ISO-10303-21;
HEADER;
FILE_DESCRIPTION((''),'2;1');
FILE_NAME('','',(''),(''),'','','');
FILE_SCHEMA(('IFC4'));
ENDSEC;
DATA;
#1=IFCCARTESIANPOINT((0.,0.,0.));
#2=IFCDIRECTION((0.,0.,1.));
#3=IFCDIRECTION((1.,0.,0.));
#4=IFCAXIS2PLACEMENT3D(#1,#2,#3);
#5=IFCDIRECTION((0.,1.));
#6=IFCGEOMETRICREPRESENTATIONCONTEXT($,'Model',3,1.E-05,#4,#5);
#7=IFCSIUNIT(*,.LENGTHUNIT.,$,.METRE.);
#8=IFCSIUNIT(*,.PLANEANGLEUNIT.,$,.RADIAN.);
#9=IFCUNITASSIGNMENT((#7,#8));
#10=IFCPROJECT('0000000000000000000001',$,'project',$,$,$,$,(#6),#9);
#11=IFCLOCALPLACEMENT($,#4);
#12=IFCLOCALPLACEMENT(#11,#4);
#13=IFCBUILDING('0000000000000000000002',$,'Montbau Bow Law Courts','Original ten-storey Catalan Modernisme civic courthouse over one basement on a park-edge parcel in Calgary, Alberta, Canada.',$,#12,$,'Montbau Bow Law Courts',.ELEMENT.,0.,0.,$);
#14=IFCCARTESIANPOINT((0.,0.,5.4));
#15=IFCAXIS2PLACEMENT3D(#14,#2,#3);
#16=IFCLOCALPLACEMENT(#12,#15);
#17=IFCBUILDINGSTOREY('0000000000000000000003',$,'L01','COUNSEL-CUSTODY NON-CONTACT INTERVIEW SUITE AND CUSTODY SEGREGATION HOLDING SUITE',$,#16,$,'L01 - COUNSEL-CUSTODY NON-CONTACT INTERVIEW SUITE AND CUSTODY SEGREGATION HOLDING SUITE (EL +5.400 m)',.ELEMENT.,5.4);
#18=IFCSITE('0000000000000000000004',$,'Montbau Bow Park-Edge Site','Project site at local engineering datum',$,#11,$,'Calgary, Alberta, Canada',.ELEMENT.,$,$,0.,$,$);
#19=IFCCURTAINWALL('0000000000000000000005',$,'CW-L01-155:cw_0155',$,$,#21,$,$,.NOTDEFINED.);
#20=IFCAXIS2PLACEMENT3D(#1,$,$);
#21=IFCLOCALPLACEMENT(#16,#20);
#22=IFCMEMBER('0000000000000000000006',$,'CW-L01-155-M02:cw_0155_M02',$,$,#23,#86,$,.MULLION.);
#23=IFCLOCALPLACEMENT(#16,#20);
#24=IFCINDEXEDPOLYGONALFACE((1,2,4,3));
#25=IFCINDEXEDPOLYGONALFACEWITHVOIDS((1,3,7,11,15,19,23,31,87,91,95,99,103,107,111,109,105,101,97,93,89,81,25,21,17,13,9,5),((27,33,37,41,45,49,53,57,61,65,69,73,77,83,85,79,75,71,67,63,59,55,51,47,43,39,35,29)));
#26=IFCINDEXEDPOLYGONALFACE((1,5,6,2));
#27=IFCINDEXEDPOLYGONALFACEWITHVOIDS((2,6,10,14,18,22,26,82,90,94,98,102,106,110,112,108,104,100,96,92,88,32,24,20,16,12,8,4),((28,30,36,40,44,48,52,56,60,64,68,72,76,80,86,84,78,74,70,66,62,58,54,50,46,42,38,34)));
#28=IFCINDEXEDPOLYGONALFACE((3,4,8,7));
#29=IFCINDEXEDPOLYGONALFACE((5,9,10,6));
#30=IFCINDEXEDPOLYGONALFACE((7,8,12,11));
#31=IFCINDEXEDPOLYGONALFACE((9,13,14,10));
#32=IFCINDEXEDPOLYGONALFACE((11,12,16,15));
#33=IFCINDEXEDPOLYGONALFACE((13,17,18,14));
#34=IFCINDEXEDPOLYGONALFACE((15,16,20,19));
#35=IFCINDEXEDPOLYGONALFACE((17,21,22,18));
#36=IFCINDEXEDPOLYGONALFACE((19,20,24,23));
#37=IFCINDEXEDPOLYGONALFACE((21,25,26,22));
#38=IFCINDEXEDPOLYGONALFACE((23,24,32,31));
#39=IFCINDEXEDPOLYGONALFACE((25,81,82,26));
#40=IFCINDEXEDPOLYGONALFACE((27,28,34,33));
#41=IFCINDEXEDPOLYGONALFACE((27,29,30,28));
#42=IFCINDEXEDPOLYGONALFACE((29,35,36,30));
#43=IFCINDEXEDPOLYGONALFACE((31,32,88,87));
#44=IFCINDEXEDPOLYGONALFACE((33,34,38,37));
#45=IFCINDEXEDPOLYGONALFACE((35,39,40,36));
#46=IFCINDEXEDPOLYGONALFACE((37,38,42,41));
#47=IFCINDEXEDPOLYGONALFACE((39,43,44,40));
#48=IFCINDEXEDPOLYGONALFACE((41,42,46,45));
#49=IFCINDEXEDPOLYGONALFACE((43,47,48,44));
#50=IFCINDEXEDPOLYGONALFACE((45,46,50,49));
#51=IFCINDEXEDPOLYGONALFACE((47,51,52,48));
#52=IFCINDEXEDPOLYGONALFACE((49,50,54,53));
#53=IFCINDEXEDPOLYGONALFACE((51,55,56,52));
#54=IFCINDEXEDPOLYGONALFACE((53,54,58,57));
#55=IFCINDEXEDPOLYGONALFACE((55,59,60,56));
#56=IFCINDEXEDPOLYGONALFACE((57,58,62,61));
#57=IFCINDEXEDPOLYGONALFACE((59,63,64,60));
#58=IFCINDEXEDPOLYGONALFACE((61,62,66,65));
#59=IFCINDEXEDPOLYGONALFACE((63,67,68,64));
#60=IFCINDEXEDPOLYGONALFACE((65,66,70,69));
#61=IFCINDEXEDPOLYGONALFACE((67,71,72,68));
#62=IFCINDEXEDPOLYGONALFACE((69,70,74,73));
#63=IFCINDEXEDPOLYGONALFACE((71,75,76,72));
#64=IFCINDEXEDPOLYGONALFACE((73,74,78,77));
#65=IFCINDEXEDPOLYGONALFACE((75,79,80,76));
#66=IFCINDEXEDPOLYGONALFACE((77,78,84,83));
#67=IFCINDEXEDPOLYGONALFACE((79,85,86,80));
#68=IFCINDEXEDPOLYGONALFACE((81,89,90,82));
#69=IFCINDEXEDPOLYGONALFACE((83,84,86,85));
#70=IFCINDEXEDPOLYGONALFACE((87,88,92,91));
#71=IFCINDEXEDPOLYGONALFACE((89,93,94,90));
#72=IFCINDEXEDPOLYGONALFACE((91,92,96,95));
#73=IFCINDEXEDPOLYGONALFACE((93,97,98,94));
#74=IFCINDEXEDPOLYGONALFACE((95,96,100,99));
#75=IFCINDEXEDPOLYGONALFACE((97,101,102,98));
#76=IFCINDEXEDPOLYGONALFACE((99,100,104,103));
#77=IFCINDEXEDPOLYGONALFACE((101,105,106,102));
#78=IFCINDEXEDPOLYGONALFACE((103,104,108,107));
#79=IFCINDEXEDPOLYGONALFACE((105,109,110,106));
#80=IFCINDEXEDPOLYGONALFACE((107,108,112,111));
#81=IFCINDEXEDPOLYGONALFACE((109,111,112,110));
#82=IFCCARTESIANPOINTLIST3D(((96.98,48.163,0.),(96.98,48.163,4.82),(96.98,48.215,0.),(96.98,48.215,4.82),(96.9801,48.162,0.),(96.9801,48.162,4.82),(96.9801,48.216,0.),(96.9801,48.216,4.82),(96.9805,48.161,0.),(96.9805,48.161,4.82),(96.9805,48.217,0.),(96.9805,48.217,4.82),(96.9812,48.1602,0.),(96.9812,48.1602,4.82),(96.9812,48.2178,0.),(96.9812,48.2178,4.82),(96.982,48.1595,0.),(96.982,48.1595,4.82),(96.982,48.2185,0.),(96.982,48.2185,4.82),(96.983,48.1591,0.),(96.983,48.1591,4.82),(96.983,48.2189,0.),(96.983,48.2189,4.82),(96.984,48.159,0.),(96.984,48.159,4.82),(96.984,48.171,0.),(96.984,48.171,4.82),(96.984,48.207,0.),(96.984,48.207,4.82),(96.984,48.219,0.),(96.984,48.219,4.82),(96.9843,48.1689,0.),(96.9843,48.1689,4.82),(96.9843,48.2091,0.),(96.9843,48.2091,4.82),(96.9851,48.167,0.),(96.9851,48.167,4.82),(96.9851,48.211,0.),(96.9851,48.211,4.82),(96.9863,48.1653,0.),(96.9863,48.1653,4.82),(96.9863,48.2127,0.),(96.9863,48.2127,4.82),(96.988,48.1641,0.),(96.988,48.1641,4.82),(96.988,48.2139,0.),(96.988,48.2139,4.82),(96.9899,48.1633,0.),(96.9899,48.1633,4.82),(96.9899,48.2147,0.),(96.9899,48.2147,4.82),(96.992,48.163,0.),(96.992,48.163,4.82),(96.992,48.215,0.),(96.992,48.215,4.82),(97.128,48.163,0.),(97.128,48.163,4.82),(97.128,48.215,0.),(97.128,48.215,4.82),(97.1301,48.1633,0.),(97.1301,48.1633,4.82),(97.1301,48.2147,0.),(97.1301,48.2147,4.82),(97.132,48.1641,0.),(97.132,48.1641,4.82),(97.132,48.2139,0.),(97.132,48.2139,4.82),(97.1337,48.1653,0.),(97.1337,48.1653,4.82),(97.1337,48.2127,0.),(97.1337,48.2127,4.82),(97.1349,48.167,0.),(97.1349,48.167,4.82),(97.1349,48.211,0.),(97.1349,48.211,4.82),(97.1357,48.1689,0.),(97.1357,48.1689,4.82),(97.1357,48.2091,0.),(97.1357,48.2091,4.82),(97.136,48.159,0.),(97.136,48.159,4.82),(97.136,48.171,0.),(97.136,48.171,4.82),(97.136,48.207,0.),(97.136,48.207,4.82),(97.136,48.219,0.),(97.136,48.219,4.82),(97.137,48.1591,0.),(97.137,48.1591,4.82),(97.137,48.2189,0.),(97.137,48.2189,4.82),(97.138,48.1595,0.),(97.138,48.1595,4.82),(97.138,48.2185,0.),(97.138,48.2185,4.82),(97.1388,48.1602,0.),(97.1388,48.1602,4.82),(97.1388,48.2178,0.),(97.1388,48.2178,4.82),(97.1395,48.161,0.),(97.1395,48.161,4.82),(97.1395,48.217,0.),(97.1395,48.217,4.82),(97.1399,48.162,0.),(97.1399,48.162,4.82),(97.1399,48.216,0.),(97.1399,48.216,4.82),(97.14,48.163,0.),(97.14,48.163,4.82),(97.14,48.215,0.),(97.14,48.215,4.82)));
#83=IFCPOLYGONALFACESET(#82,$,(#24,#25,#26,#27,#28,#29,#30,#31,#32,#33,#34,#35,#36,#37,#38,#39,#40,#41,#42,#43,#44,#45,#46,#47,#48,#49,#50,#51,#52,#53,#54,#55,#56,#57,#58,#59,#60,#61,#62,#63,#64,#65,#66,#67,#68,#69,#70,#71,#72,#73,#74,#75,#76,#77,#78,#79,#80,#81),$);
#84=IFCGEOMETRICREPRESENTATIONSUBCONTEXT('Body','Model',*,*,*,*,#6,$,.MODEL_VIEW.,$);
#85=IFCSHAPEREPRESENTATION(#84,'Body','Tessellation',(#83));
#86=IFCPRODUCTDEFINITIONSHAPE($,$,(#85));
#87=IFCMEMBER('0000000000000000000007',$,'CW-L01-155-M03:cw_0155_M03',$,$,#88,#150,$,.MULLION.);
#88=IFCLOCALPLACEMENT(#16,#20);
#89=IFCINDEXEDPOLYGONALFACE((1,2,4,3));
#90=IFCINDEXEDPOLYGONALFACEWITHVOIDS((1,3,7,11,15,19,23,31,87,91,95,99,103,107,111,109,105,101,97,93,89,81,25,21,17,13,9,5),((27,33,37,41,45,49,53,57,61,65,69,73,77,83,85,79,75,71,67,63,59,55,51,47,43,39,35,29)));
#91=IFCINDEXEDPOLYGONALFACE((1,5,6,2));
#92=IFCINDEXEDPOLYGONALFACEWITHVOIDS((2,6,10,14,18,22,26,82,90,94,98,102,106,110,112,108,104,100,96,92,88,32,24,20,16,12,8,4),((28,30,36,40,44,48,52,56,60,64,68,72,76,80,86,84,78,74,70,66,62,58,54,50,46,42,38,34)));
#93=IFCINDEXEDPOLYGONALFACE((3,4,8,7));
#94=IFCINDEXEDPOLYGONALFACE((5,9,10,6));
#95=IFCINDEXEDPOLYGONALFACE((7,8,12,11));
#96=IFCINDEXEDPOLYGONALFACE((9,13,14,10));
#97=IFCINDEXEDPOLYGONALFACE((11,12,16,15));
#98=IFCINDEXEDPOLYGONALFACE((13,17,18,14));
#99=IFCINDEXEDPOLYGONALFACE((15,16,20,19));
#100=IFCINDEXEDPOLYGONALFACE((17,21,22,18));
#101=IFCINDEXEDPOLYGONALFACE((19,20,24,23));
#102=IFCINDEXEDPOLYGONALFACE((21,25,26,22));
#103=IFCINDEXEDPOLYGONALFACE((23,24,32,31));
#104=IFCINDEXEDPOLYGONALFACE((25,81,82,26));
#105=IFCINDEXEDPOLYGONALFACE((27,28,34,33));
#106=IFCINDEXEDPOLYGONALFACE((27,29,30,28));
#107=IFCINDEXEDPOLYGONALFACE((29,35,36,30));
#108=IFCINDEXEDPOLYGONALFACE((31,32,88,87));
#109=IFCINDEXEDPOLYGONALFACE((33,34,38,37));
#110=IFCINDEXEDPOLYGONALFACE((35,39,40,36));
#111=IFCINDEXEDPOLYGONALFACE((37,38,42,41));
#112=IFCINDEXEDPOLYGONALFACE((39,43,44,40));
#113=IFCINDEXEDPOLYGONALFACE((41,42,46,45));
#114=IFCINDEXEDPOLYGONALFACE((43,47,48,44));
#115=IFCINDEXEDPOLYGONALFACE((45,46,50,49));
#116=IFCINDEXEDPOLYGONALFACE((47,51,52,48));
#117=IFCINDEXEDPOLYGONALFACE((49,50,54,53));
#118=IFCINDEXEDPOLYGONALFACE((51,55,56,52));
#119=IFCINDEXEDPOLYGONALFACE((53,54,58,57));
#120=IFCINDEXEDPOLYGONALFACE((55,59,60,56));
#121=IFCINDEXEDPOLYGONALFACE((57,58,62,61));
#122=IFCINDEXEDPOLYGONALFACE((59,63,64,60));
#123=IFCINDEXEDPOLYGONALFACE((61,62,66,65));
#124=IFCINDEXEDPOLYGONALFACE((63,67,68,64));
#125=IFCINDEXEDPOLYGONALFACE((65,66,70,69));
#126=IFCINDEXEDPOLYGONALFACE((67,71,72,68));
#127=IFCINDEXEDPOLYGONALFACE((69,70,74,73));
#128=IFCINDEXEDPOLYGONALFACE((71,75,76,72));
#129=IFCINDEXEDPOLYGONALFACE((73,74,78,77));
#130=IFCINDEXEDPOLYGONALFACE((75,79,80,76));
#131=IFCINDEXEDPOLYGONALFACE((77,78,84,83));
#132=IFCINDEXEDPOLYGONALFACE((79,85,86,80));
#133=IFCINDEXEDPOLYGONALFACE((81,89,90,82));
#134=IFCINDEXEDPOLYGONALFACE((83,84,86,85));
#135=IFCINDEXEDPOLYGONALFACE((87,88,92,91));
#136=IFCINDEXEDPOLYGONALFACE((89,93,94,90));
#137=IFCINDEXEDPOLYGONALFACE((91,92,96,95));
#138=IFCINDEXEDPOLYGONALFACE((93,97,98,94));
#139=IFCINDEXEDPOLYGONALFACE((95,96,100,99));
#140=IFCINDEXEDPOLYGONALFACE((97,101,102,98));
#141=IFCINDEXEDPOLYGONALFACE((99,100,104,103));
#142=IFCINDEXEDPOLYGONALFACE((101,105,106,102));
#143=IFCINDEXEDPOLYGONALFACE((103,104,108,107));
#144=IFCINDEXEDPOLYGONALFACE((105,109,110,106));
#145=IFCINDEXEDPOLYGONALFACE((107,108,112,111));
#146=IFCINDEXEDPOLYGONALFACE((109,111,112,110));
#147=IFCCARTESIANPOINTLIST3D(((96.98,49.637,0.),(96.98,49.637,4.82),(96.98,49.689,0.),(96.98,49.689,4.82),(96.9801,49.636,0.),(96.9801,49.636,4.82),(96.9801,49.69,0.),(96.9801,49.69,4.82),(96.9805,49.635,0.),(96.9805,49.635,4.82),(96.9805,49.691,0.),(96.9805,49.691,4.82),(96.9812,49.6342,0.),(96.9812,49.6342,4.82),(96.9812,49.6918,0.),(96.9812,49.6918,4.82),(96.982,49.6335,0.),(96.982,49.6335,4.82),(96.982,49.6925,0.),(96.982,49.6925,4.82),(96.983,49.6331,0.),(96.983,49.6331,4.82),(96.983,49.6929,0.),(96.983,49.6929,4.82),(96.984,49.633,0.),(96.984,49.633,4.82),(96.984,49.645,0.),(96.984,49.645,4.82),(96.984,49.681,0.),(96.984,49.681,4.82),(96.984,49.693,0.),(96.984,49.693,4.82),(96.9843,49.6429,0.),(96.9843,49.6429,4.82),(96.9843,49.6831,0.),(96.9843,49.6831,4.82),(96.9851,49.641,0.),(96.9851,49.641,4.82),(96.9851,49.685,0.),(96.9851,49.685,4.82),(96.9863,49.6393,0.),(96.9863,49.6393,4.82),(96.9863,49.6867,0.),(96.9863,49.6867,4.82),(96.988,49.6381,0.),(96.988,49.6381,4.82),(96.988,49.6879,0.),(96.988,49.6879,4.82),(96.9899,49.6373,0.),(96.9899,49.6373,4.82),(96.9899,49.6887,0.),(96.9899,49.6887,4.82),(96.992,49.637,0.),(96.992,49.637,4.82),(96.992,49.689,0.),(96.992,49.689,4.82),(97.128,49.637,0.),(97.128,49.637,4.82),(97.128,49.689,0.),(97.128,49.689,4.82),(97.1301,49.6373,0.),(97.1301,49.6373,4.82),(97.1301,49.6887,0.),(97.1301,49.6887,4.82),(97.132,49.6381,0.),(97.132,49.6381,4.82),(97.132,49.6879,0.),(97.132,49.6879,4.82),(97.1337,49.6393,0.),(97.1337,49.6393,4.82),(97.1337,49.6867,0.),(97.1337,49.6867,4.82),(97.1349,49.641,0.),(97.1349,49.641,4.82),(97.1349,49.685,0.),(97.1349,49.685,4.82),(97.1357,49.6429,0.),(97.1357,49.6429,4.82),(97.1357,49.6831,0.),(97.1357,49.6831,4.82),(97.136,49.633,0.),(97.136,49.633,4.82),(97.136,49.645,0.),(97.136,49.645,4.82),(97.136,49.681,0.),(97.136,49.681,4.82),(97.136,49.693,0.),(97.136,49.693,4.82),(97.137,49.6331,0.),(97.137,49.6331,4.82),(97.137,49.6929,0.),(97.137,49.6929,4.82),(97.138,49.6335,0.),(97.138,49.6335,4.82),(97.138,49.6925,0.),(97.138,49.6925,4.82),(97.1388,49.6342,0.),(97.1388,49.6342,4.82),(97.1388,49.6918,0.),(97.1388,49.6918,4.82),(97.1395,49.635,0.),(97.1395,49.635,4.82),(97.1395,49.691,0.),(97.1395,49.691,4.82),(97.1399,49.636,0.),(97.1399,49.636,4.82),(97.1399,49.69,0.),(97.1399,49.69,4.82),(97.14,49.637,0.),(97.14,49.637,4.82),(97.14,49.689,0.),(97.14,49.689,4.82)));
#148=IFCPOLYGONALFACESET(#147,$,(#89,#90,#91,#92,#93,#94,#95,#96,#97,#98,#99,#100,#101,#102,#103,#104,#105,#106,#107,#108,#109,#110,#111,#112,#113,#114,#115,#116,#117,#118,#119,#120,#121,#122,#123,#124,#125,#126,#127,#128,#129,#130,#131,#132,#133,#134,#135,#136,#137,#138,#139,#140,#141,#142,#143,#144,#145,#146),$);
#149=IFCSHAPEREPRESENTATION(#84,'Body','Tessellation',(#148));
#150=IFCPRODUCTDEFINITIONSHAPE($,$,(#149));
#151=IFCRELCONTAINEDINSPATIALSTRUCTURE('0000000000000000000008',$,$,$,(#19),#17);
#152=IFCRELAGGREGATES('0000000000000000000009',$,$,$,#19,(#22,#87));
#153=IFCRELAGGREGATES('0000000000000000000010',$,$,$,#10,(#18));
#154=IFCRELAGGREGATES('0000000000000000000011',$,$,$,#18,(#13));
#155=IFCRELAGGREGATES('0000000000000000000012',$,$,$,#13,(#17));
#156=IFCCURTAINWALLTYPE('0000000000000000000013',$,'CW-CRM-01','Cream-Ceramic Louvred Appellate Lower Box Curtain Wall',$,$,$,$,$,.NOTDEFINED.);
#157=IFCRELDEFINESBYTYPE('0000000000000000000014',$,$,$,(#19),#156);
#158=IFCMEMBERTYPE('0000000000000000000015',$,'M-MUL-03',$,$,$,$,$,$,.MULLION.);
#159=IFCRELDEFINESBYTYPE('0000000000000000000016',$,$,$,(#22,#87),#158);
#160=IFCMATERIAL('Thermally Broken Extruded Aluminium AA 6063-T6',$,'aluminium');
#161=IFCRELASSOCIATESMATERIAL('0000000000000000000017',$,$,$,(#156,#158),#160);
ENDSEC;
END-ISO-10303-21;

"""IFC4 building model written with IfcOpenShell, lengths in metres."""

from ifc_helpers import new_model, si_unit, direction, frame, origin_with_axes, origin_2d_with_axis, place, context, subcontext, project, spatial, hollow_rectangle, extrude, material, material_profile, profile_set, type_object, element, aggregate, save


model = new_model("IFC4")

# Units and contexts
model_context = context("Model", 3, precision=1e-05, world=origin_with_axes(), true_north=direction((0.0, 1.0)))
body_context = subcontext(model_context, "Body", "Model", "MODEL_VIEW")
ifc_project = project(units=[si_unit("LENGTHUNIT", "METRE"), si_unit("PLANEANGLEUNIT", "RADIAN")], contexts=[model_context])

# Site, building, storey
site_placement = place(None, origin_with_axes())
site = spatial("IfcSite", under=ifc_project, at=site_placement, Name="Montbau Bow Park-Edge Site", Description="Project site at local engineering datum", LongName="Calgary, Alberta, Canada", CompositionType="ELEMENT", RefElevation=0.0)
building_placement = place(site_placement, origin_with_axes())
building = spatial("IfcBuilding", under=site, at=building_placement, Name="Montbau Bow Law Courts", Description="Original ten-storey Catalan Modernisme civic courthouse over one basement on a park-edge parcel in Calgary, Alberta, Canada.", LongName="Montbau Bow Law Courts", CompositionType="ELEMENT", ElevationOfRefHeight=0.0, ElevationOfTerrain=0.0)
storey_placement = place(building_placement, frame((0.0, 0.0, 5.4), z_axis=(0.0, 0.0, 1.0), x_axis=(1.0, 0.0, 0.0)))
storey = spatial("IfcBuildingStorey", under=building, at=storey_placement, Name="L01", Description="COUNSEL-CUSTODY NON-CONTACT INTERVIEW SUITE AND CUSTODY SEGREGATION HOLDING SUITE", LongName="L01 - COUNSEL-CUSTODY NON-CONTACT INTERVIEW SUITE AND CUSTODY SEGREGATION HOLDING SUITE (EL +5.400 m)", CompositionType="ELEMENT", Elevation=5.4)

# Curtain wall, members
ifc_material_1 = material(Name="Thermally Broken Extruded Aluminium AA 6063-T6", Category="aluminium")
curtain_wall_type = type_object("IfcCurtainWallType", Name="CW-CRM-01", Description="Cream-Ceramic Louvred Appellate Lower Box Curtain Wall", PredefinedType="NOTDEFINED", material=ifc_material_1)
curtain_wall_1_placement = place(None, frame((97.06, 46.715, 5.4), z_axis=(0.0, 0.0, 1.0), x_axis=(1.0, 0.0, 0.0)))
curtain_wall_1 = element("IfcCurtainWall", 1, at=curtain_wall_1_placement, inside=storey, type_object=curtain_wall_type, Name="CW-L01-155:cw_0155", PredefinedType="NOTDEFINED")
ifc_material_profile_1 = material_profile(ifc_material_1, hollow_rectangle(XDim=0.06, YDim=0.16, WallThickness=0.004, InnerFilletRadius=0.008, OuterFilletRadius=0.004, at=origin_2d_with_axis()), Name="CWM-160X60", Category="Main", Priority=0)
ifc_profile_set_1 = profile_set([ifc_material_profile_1], Name="Thermally Broken Extruded Aluminium AA 6063-T6")
member_type_1 = type_object("IfcMemberType", Name="M-MUL-03", PredefinedType="MULLION", material=ifc_profile_set_1)
member_1_placement = place(None, frame((97.06, 48.189, 5.4), z_axis=(0.0, 0.0, 1.0), x_axis=(0.0, 1.0, 0.0)))
member_1 = element("IfcMember", 2, at=member_1_placement, type_object=member_type_1, Name="CW-L01-155-M02:cw_0155_M02", PredefinedType="MULLION", context=body_context, shape_type="SweptSolid", body=[
    extrude(hollow_rectangle(XDim=0.06, YDim=0.16, WallThickness=0.004, InnerFilletRadius=0.008, OuterFilletRadius=0.004, at=origin_2d_with_axis()), origin_with_axes(), (0.0, 0.0, 1.0), 4.82),
])
member_2_placement = place(None, frame((97.06, 49.663, 5.4), z_axis=(0.0, 0.0, 1.0), x_axis=(0.0, 1.0, 0.0)))
member_2 = element("IfcMember", 3, at=member_2_placement, type_object=member_type_1, Name="CW-L01-155-M03:cw_0155_M03", PredefinedType="MULLION", context=body_context, shape_type="SweptSolid", body=[
    extrude(hollow_rectangle(XDim=0.06, YDim=0.16, WallThickness=0.004, InnerFilletRadius=0.008, OuterFilletRadius=0.004, at=origin_2d_with_axis()), origin_with_axes(), (0.0, 0.0, 1.0), 4.82),
])

aggregate(curtain_wall_1, [member_1, member_2])

save(model, "model.ifc")
